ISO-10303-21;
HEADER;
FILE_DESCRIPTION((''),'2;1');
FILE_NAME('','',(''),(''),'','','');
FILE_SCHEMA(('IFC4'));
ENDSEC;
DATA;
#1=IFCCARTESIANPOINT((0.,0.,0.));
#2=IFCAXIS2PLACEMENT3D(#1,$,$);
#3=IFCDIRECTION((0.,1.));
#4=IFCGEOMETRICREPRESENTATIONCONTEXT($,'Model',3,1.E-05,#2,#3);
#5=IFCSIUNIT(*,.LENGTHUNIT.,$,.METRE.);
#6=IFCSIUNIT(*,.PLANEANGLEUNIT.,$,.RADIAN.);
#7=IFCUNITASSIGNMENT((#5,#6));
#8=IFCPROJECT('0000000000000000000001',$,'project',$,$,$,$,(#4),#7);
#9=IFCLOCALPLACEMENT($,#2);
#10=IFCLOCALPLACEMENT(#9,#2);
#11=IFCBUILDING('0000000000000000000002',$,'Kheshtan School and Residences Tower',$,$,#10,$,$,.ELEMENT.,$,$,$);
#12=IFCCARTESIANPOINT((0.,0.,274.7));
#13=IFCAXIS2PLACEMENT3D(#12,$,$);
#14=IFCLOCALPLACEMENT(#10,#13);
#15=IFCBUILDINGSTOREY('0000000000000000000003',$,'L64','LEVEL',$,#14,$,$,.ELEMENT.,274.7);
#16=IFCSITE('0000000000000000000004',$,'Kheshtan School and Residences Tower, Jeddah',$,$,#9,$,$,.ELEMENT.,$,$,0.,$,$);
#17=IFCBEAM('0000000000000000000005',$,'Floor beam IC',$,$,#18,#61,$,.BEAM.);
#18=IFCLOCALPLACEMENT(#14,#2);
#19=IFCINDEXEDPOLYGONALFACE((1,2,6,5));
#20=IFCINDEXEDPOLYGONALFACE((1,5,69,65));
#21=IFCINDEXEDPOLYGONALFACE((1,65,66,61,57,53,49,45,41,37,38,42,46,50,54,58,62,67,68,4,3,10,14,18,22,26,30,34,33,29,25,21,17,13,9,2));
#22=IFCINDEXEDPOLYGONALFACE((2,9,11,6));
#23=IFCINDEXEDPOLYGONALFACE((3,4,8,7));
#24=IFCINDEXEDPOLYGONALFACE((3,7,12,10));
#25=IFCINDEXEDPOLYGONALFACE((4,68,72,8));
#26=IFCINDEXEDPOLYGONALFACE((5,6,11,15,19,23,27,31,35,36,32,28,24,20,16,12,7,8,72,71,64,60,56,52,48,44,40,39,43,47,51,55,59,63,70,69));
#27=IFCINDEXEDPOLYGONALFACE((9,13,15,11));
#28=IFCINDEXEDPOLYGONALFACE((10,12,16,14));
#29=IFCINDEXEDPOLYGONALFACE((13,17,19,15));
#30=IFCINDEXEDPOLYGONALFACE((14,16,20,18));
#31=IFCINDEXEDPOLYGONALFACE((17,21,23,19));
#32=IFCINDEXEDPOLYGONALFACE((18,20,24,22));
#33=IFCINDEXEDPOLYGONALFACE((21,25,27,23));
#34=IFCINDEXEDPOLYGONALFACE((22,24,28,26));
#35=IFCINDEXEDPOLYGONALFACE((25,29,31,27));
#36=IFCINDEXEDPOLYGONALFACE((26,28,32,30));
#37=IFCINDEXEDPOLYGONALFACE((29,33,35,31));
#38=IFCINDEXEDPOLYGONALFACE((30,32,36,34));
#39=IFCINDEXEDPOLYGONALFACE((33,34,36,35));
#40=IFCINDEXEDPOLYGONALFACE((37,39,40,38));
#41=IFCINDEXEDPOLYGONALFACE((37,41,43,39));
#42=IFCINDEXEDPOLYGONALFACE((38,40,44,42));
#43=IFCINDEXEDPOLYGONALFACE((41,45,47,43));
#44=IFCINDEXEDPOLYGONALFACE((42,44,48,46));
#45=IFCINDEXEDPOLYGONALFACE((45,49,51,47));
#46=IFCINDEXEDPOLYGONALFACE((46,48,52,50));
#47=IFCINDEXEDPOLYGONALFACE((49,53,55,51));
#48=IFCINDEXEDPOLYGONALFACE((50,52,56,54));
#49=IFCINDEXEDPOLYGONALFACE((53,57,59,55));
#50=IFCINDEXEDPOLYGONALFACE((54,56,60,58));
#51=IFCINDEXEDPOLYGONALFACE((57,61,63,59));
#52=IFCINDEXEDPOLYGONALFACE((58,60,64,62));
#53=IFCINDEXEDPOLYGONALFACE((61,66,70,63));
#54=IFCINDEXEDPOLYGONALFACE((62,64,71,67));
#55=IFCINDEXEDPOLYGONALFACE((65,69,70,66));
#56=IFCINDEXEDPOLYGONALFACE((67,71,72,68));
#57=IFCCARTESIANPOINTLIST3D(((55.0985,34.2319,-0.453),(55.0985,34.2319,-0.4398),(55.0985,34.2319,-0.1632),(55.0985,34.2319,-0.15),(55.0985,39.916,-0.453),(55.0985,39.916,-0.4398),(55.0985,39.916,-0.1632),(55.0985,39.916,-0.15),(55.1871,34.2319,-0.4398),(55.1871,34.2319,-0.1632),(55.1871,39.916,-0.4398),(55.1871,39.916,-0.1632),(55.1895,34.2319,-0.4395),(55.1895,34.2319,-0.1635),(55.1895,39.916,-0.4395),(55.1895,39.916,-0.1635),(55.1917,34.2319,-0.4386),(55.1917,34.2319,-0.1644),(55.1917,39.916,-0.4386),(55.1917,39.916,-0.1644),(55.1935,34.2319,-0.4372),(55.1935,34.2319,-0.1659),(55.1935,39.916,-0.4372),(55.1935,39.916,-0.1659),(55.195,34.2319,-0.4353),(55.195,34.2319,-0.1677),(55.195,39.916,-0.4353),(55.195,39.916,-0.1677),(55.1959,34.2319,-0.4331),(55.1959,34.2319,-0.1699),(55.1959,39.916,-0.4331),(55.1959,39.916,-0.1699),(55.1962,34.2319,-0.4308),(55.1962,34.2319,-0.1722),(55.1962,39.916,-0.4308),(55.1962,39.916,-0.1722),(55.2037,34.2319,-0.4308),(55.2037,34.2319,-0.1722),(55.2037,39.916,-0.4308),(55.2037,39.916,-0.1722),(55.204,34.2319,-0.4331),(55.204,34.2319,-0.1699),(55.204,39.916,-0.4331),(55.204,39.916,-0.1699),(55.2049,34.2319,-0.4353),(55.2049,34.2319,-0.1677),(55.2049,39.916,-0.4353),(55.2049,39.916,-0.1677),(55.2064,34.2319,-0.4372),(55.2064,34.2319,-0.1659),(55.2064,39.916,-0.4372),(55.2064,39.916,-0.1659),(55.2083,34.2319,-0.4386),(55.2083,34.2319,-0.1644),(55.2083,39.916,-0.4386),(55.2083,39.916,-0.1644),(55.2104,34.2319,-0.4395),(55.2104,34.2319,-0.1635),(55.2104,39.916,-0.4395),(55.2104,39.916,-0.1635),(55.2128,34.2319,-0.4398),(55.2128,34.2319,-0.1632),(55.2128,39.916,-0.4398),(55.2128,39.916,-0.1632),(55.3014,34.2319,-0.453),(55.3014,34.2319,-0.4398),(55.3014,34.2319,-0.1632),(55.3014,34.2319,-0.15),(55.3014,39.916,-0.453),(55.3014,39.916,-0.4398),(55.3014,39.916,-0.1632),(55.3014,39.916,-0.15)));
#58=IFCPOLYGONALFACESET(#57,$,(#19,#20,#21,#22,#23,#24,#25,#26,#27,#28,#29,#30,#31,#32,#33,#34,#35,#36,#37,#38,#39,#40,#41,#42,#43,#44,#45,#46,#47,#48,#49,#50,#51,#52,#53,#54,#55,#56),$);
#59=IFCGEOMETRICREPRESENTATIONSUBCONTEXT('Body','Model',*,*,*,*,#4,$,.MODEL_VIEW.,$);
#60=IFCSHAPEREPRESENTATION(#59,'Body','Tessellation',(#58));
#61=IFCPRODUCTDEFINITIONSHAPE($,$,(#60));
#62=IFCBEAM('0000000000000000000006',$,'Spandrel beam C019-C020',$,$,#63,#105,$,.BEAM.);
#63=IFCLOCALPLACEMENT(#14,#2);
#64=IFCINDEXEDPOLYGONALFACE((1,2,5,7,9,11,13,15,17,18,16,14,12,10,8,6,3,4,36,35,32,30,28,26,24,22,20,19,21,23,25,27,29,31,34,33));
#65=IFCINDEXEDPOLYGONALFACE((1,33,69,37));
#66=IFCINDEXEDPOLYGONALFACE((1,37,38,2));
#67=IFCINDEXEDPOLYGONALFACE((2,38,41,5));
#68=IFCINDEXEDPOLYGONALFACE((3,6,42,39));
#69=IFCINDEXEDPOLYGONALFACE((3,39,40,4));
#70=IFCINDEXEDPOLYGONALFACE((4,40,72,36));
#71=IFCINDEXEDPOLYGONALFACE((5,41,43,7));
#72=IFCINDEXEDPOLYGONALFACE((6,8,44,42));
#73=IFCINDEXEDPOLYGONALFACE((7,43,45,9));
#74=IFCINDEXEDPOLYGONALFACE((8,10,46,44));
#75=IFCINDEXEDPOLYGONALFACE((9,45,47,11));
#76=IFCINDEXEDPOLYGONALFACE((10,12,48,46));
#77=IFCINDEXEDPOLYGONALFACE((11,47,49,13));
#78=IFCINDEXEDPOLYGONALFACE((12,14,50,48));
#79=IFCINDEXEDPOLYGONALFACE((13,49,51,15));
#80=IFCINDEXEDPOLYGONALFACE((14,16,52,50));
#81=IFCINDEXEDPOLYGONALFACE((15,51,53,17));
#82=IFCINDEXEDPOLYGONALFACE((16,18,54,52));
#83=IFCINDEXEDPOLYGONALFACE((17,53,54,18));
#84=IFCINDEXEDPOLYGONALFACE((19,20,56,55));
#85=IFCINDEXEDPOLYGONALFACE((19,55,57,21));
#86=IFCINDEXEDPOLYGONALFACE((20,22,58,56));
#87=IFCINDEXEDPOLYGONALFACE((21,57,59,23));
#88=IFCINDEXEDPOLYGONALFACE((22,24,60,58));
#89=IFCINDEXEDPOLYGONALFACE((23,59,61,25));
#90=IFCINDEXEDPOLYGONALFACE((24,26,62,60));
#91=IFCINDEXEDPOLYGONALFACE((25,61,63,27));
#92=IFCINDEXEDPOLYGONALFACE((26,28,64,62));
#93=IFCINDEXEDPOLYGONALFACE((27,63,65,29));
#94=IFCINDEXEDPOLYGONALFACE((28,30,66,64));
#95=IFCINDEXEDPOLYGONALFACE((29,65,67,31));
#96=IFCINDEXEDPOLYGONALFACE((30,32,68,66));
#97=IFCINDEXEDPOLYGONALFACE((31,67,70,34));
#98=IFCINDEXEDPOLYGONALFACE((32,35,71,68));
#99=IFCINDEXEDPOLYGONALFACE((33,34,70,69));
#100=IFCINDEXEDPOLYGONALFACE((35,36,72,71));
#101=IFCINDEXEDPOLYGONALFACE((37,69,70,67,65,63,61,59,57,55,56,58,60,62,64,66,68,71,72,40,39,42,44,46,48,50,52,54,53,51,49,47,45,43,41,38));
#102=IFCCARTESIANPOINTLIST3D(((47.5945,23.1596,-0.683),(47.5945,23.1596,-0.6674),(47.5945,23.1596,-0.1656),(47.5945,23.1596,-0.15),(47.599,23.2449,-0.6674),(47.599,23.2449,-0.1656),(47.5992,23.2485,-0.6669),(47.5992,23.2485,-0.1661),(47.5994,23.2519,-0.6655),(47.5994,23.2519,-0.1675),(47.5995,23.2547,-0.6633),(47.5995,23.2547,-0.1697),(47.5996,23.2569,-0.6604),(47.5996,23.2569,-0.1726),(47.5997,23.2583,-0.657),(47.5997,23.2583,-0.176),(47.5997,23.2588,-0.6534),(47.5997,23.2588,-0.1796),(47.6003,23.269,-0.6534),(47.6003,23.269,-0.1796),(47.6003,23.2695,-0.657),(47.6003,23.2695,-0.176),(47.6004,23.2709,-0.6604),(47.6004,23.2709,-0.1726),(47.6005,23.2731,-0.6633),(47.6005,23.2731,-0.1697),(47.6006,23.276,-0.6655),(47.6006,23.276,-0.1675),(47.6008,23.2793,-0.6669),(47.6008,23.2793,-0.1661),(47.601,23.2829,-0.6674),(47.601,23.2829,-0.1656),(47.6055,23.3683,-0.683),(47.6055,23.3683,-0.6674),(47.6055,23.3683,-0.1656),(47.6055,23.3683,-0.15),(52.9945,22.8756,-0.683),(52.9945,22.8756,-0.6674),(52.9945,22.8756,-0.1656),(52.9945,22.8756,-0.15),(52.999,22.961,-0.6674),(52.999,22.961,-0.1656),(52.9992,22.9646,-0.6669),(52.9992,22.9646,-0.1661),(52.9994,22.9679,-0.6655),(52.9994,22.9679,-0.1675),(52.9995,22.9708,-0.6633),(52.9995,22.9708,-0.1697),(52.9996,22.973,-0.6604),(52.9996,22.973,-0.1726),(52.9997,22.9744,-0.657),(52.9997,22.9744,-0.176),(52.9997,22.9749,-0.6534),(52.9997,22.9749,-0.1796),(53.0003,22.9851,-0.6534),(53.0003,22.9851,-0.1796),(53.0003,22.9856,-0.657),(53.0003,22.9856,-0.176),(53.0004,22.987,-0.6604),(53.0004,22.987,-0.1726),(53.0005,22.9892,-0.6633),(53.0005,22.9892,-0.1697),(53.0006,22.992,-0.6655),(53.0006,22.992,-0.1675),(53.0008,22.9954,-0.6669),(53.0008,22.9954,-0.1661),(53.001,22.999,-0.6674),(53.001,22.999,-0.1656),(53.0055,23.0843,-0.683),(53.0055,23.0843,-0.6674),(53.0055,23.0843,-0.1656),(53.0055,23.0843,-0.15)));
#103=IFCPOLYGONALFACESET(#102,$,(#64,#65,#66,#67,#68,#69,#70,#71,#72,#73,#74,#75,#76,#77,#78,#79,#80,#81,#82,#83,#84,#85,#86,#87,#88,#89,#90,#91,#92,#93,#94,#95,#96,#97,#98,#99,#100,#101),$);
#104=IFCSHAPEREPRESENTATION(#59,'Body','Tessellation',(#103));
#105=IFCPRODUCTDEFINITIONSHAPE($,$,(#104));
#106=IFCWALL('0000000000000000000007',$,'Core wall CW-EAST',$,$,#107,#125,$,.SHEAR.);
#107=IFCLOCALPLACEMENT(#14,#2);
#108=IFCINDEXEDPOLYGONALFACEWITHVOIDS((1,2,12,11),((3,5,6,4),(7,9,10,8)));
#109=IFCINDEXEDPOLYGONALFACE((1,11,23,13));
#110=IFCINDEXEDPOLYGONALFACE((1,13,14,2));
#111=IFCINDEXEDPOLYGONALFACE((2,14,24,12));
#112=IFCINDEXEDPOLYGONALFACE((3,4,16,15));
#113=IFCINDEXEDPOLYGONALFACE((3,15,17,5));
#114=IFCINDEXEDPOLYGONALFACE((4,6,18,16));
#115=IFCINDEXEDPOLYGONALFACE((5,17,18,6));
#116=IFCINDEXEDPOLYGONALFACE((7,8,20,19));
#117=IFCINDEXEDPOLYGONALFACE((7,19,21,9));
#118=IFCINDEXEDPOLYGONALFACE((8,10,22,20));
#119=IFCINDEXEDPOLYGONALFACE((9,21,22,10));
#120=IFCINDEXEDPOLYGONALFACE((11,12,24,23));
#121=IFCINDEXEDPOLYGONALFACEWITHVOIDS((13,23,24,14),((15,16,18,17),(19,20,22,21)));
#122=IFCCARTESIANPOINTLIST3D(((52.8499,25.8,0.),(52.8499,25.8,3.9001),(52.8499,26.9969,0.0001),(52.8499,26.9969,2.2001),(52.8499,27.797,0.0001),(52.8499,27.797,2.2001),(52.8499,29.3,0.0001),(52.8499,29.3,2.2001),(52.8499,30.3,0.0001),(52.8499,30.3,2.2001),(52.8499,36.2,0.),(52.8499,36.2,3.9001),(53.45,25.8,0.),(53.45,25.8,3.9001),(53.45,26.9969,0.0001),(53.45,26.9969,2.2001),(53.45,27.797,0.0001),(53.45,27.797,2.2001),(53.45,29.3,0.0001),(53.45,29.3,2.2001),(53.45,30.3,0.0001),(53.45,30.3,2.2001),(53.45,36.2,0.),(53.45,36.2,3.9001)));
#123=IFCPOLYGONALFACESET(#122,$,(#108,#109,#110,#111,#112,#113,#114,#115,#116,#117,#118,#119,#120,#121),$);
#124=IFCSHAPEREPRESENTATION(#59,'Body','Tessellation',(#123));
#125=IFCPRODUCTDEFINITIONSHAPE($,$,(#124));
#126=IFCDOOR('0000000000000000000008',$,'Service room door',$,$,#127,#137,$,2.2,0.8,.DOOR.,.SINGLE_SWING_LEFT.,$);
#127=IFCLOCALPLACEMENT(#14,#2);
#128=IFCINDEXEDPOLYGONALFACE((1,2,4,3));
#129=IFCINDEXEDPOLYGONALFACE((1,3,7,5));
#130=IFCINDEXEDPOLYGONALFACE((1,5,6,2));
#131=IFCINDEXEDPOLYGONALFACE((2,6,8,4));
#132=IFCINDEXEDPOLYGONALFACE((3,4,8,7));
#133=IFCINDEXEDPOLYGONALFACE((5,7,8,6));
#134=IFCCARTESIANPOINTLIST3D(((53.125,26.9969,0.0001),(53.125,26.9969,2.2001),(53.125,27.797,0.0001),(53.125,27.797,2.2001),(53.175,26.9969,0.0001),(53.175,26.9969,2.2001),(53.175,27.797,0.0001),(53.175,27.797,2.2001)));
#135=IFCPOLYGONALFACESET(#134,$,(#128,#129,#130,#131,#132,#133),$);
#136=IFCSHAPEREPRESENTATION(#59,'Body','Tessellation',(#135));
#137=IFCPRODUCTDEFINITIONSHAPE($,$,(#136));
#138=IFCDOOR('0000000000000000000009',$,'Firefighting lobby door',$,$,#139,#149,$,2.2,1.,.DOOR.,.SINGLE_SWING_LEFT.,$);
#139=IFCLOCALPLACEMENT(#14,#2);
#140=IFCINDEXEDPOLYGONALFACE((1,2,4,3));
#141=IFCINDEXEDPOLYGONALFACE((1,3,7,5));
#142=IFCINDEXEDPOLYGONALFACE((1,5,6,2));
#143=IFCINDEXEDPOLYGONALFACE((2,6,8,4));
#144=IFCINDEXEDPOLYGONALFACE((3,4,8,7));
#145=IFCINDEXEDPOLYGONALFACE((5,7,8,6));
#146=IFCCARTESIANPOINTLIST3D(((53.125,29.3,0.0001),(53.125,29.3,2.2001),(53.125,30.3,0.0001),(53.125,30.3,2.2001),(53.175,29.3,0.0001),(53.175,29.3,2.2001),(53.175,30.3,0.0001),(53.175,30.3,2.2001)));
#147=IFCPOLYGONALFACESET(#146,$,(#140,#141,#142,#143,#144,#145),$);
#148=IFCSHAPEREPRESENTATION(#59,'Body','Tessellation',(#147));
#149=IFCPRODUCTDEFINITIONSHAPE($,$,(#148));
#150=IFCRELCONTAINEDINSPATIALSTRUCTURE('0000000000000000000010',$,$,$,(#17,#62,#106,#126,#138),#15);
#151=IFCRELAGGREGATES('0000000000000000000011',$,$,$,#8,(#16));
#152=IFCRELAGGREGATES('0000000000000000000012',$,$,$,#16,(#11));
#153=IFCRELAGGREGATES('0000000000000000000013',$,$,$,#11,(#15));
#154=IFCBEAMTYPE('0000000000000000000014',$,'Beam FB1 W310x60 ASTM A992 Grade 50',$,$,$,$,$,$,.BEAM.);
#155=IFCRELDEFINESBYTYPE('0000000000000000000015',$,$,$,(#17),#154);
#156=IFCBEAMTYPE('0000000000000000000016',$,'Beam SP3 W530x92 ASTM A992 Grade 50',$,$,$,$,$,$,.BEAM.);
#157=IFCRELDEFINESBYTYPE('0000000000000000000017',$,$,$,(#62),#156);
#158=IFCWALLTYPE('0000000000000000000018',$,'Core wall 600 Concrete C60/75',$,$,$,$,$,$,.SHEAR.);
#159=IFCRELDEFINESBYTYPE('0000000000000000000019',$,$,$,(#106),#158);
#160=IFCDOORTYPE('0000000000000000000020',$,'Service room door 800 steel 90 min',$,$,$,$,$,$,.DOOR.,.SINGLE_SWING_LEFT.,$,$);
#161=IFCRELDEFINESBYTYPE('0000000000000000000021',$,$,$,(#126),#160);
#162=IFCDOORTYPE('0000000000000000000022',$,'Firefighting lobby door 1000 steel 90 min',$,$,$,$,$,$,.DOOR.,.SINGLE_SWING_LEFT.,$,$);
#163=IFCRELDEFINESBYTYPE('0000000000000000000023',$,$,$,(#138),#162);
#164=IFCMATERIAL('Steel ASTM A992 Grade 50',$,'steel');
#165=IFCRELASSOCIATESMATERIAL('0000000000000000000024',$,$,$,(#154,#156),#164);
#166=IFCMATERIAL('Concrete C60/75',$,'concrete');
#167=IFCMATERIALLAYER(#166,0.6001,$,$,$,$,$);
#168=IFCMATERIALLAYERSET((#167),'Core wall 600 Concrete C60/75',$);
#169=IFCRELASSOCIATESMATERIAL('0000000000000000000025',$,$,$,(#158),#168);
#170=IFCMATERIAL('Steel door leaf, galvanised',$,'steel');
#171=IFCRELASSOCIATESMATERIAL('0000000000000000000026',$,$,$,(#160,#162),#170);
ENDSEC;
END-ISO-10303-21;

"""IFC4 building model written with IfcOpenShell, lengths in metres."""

from ifc_helpers import new_model, si_unit, direction, frame, frame_2d, origin, origin_2d, place, context, subcontext, project, spatial, rectangle, i_section, extrude, source, transform, mapped, material, layer, layer_set, material_profile, profile_set, type_object, element, fill, save


model = new_model("IFC4")

# Units and contexts
model_context = context("Model", 3, precision=1e-05, world=origin(), true_north=direction((0.0, 1.0)))
body_context = subcontext(model_context, "Body", "Model", "MODEL_VIEW")
ifc_project = project(units=[si_unit("LENGTHUNIT", "METRE"), si_unit("PLANEANGLEUNIT", "RADIAN")], contexts=[model_context])

# Site, building, storey
site_placement = place(None, origin())
site = spatial("IfcSite", under=ifc_project, at=site_placement, Name="Kheshtan School and Residences Tower, Jeddah", CompositionType="ELEMENT", RefElevation=0.0)
building_placement = place(site_placement, origin())
building = spatial("IfcBuilding", under=site, at=building_placement, Name="Kheshtan School and Residences Tower", CompositionType="ELEMENT")
storey_placement = place(building_placement, frame((0.0, 0.0, 274.7)))
storey = spatial("IfcBuildingStorey", under=building, at=storey_placement, Name="L64", Description="LEVEL", CompositionType="ELEMENT", Elevation=274.7)

# Shared definitions
ifc_material_1 = material(Name="Steel ASTM A992 Grade 50", Category="steel")

# Beams
ifc_material_profile_1 = material_profile(ifc_material_1, i_section(OverallWidth=0.2029, OverallDepth=0.303, WebThickness=0.0076, FlangeThickness=0.0132, FilletRadius=0.009, at=origin_2d()), Name="W310x60")
ifc_profile_set_1 = profile_set([ifc_material_profile_1], Name="Steel ASTM A992 Grade 50")
beam_type_1 = type_object("IfcBeamType", Name="Beam FB1 W310x60 ASTM A992 Grade 50", PredefinedType="BEAM", material=ifc_profile_set_1)
beam_1_placement = place(storey_placement, frame((55.2, 34.2319, -0.3015), z_axis=(0.0, 1.0, 0.0), x_axis=(-1.0, 0.0, 0.0)))
element("IfcBeam", 1, at=beam_1_placement, inside=storey, type_object=beam_type_1, Name="Floor beam IC", PredefinedType="BEAM", context=body_context, shape_type="SweptSolid", body=[
    extrude(i_section(OverallWidth=0.2029, OverallDepth=0.303, WebThickness=0.0076, FlangeThickness=0.0132, FilletRadius=0.009, at=origin_2d()), origin(), (0.0, 0.0, 1.0), 5.6841),
])
ifc_material_profile_2 = material_profile(ifc_material_1, i_section(OverallWidth=0.209, OverallDepth=0.533, WebThickness=0.0103, FlangeThickness=0.0156, FilletRadius=0.0139, at=origin_2d()), Name="W530x92")
ifc_profile_set_2 = profile_set([ifc_material_profile_2], Name="Steel ASTM A992 Grade 50")
beam_type_2 = type_object("IfcBeamType", Name="Beam SP3 W530x92 ASTM A992 Grade 50", PredefinedType="BEAM", material=ifc_profile_set_2)
beam_2_placement = place(storey_placement, frame((53.0, 22.98, -0.4165), z_axis=(-0.99862, 0.052509, 0.0), x_axis=(-0.052509, -0.99862, 0.0)))
element("IfcBeam", 2, at=beam_2_placement, inside=storey, type_object=beam_type_2, Name="Spandrel beam C019-C020", PredefinedType="BEAM", context=body_context, shape_type="SweptSolid", body=[
    extrude(i_section(OverallWidth=0.209, OverallDepth=0.533, WebThickness=0.0103, FlangeThickness=0.0156, FilletRadius=0.0139, at=origin_2d()), origin(), (0.0, 0.0, 1.0), 5.4075),
])

# Wall, openings, doors
ifc_material_2 = material(Name="Concrete C60/75", Category="concrete")
ifc_layer_1 = layer(ifc_material_2, 0.6001)
ifc_layer_set_1 = layer_set([ifc_layer_1], Name="Core wall 600 Concrete C60/75")
wall_type_1 = type_object("IfcWallType", Name="Core wall 600 Concrete C60/75", PredefinedType="SHEAR", material=ifc_layer_set_1)
wall_1_placement = place(storey_placement, frame((53.1499, 25.8, 0.0), z_axis=(0.0, 0.0, 1.0), x_axis=(0.0, 1.0, 0.0)))
wall_1 = element("IfcWall", 3, at=wall_1_placement, inside=storey, type_object=wall_type_1, Name="Core wall CW-EAST", PredefinedType="SHEAR", context=body_context, shape_type="SweptSolid", body=[
    extrude(rectangle(XDim=10.3999, YDim=0.6001, at=frame_2d((5.2, 0.0))), origin(), (0.0, 0.0, 1.0), 3.9001),
])
opening_1_placement = place(wall_1_placement, frame((1.197, 0.0, 0.0)))
opening_1 = element("IfcOpeningElement", 4, at=opening_1_placement, cuts=wall_1, PredefinedType="OPENING", context=body_context, shape_type="SweptSolid", body=[
    extrude(rectangle(XDim=0.8, YDim=2.2, at=frame_2d((0.3999, 1.1001))), frame((0.0, 0.3101, 0.0), z_axis=(0.0, -1.0, 0.0), x_axis=(1.0, 0.0, 0.0)), (0.0, 0.0, 1.0), 0.6201),
])
opening_2_placement = place(wall_1_placement, frame((3.5, 0.0, 0.0)))
opening_2 = element("IfcOpeningElement", 5, at=opening_2_placement, cuts=wall_1, PredefinedType="OPENING", context=body_context, shape_type="SweptSolid", body=[
    extrude(rectangle(XDim=1.0, YDim=2.2, at=frame_2d((0.5, 1.1001))), frame((0.0, 0.3101, 0.0), z_axis=(0.0, -1.0, 0.0), x_axis=(1.0, 0.0, 0.0)), (0.0, 0.0, 1.0), 0.6201),
])
ifc_material_3 = material(Name="Steel door leaf, galvanised", Category="steel")
door_type_1 = type_object("IfcDoorType", Name="Service room door 800 steel 90 min", OperationType="SINGLE_SWING_LEFT", PredefinedType="DOOR", material=ifc_material_3)
shared_shape_1 = source(origin(), body_context, "Body", "SweptSolid", [
    extrude(rectangle(XDim=0.8, YDim=2.2, at=frame_2d((0.3999, 1.1001))), frame((0.0, 0.0249, 0.0), z_axis=(0.0, -1.0, 0.0), x_axis=(1.0, 0.0, 0.0)), (0.0, 0.0, 1.0), 0.05),
])
door_1_placement = place(opening_1_placement, origin())
door_1 = element("IfcDoor", 6, at=door_1_placement, inside=storey, type_object=door_type_1, Name="Service room door", OperationType="SINGLE_SWING_LEFT", OverallHeight=2.2, OverallWidth=0.8, PredefinedType="DOOR", context=body_context, shape_type="MappedRepresentation", body=[
    mapped(shared_shape_1, transform((0.0, 0.0, 0.0), x_axis=(1.0, 0.0, 0.0), y_axis=(0.0, 1.0, 0.0), z_axis=(0.0, 0.0, 1.0), scale=1.0)),
])
fill(opening_1, door_1)
door_type_2 = type_object("IfcDoorType", Name="Firefighting lobby door 1000 steel 90 min", OperationType="SINGLE_SWING_LEFT", PredefinedType="DOOR", material=ifc_material_3)
shared_shape_2 = source(origin(), body_context, "Body", "SweptSolid", [
    extrude(rectangle(XDim=1.0, YDim=2.2, at=frame_2d((0.5, 1.1001))), frame((0.0, 0.0249, 0.0), z_axis=(0.0, -1.0, 0.0), x_axis=(1.0, 0.0, 0.0)), (0.0, 0.0, 1.0), 0.05),
])
door_2_placement = place(opening_2_placement, origin())
door_2 = element("IfcDoor", 7, at=door_2_placement, inside=storey, type_object=door_type_2, Name="Firefighting lobby door", OperationType="SINGLE_SWING_LEFT", OverallHeight=2.2, OverallWidth=1.0, PredefinedType="DOOR", context=body_context, shape_type="MappedRepresentation", body=[
    mapped(shared_shape_2, transform((0.0, 0.0, 0.0), x_axis=(1.0, 0.0, 0.0), y_axis=(0.0, 1.0, 0.0), z_axis=(0.0, 0.0, 1.0), scale=1.0)),
])
fill(opening_2, door_2)

save(model, "model.ifc")
